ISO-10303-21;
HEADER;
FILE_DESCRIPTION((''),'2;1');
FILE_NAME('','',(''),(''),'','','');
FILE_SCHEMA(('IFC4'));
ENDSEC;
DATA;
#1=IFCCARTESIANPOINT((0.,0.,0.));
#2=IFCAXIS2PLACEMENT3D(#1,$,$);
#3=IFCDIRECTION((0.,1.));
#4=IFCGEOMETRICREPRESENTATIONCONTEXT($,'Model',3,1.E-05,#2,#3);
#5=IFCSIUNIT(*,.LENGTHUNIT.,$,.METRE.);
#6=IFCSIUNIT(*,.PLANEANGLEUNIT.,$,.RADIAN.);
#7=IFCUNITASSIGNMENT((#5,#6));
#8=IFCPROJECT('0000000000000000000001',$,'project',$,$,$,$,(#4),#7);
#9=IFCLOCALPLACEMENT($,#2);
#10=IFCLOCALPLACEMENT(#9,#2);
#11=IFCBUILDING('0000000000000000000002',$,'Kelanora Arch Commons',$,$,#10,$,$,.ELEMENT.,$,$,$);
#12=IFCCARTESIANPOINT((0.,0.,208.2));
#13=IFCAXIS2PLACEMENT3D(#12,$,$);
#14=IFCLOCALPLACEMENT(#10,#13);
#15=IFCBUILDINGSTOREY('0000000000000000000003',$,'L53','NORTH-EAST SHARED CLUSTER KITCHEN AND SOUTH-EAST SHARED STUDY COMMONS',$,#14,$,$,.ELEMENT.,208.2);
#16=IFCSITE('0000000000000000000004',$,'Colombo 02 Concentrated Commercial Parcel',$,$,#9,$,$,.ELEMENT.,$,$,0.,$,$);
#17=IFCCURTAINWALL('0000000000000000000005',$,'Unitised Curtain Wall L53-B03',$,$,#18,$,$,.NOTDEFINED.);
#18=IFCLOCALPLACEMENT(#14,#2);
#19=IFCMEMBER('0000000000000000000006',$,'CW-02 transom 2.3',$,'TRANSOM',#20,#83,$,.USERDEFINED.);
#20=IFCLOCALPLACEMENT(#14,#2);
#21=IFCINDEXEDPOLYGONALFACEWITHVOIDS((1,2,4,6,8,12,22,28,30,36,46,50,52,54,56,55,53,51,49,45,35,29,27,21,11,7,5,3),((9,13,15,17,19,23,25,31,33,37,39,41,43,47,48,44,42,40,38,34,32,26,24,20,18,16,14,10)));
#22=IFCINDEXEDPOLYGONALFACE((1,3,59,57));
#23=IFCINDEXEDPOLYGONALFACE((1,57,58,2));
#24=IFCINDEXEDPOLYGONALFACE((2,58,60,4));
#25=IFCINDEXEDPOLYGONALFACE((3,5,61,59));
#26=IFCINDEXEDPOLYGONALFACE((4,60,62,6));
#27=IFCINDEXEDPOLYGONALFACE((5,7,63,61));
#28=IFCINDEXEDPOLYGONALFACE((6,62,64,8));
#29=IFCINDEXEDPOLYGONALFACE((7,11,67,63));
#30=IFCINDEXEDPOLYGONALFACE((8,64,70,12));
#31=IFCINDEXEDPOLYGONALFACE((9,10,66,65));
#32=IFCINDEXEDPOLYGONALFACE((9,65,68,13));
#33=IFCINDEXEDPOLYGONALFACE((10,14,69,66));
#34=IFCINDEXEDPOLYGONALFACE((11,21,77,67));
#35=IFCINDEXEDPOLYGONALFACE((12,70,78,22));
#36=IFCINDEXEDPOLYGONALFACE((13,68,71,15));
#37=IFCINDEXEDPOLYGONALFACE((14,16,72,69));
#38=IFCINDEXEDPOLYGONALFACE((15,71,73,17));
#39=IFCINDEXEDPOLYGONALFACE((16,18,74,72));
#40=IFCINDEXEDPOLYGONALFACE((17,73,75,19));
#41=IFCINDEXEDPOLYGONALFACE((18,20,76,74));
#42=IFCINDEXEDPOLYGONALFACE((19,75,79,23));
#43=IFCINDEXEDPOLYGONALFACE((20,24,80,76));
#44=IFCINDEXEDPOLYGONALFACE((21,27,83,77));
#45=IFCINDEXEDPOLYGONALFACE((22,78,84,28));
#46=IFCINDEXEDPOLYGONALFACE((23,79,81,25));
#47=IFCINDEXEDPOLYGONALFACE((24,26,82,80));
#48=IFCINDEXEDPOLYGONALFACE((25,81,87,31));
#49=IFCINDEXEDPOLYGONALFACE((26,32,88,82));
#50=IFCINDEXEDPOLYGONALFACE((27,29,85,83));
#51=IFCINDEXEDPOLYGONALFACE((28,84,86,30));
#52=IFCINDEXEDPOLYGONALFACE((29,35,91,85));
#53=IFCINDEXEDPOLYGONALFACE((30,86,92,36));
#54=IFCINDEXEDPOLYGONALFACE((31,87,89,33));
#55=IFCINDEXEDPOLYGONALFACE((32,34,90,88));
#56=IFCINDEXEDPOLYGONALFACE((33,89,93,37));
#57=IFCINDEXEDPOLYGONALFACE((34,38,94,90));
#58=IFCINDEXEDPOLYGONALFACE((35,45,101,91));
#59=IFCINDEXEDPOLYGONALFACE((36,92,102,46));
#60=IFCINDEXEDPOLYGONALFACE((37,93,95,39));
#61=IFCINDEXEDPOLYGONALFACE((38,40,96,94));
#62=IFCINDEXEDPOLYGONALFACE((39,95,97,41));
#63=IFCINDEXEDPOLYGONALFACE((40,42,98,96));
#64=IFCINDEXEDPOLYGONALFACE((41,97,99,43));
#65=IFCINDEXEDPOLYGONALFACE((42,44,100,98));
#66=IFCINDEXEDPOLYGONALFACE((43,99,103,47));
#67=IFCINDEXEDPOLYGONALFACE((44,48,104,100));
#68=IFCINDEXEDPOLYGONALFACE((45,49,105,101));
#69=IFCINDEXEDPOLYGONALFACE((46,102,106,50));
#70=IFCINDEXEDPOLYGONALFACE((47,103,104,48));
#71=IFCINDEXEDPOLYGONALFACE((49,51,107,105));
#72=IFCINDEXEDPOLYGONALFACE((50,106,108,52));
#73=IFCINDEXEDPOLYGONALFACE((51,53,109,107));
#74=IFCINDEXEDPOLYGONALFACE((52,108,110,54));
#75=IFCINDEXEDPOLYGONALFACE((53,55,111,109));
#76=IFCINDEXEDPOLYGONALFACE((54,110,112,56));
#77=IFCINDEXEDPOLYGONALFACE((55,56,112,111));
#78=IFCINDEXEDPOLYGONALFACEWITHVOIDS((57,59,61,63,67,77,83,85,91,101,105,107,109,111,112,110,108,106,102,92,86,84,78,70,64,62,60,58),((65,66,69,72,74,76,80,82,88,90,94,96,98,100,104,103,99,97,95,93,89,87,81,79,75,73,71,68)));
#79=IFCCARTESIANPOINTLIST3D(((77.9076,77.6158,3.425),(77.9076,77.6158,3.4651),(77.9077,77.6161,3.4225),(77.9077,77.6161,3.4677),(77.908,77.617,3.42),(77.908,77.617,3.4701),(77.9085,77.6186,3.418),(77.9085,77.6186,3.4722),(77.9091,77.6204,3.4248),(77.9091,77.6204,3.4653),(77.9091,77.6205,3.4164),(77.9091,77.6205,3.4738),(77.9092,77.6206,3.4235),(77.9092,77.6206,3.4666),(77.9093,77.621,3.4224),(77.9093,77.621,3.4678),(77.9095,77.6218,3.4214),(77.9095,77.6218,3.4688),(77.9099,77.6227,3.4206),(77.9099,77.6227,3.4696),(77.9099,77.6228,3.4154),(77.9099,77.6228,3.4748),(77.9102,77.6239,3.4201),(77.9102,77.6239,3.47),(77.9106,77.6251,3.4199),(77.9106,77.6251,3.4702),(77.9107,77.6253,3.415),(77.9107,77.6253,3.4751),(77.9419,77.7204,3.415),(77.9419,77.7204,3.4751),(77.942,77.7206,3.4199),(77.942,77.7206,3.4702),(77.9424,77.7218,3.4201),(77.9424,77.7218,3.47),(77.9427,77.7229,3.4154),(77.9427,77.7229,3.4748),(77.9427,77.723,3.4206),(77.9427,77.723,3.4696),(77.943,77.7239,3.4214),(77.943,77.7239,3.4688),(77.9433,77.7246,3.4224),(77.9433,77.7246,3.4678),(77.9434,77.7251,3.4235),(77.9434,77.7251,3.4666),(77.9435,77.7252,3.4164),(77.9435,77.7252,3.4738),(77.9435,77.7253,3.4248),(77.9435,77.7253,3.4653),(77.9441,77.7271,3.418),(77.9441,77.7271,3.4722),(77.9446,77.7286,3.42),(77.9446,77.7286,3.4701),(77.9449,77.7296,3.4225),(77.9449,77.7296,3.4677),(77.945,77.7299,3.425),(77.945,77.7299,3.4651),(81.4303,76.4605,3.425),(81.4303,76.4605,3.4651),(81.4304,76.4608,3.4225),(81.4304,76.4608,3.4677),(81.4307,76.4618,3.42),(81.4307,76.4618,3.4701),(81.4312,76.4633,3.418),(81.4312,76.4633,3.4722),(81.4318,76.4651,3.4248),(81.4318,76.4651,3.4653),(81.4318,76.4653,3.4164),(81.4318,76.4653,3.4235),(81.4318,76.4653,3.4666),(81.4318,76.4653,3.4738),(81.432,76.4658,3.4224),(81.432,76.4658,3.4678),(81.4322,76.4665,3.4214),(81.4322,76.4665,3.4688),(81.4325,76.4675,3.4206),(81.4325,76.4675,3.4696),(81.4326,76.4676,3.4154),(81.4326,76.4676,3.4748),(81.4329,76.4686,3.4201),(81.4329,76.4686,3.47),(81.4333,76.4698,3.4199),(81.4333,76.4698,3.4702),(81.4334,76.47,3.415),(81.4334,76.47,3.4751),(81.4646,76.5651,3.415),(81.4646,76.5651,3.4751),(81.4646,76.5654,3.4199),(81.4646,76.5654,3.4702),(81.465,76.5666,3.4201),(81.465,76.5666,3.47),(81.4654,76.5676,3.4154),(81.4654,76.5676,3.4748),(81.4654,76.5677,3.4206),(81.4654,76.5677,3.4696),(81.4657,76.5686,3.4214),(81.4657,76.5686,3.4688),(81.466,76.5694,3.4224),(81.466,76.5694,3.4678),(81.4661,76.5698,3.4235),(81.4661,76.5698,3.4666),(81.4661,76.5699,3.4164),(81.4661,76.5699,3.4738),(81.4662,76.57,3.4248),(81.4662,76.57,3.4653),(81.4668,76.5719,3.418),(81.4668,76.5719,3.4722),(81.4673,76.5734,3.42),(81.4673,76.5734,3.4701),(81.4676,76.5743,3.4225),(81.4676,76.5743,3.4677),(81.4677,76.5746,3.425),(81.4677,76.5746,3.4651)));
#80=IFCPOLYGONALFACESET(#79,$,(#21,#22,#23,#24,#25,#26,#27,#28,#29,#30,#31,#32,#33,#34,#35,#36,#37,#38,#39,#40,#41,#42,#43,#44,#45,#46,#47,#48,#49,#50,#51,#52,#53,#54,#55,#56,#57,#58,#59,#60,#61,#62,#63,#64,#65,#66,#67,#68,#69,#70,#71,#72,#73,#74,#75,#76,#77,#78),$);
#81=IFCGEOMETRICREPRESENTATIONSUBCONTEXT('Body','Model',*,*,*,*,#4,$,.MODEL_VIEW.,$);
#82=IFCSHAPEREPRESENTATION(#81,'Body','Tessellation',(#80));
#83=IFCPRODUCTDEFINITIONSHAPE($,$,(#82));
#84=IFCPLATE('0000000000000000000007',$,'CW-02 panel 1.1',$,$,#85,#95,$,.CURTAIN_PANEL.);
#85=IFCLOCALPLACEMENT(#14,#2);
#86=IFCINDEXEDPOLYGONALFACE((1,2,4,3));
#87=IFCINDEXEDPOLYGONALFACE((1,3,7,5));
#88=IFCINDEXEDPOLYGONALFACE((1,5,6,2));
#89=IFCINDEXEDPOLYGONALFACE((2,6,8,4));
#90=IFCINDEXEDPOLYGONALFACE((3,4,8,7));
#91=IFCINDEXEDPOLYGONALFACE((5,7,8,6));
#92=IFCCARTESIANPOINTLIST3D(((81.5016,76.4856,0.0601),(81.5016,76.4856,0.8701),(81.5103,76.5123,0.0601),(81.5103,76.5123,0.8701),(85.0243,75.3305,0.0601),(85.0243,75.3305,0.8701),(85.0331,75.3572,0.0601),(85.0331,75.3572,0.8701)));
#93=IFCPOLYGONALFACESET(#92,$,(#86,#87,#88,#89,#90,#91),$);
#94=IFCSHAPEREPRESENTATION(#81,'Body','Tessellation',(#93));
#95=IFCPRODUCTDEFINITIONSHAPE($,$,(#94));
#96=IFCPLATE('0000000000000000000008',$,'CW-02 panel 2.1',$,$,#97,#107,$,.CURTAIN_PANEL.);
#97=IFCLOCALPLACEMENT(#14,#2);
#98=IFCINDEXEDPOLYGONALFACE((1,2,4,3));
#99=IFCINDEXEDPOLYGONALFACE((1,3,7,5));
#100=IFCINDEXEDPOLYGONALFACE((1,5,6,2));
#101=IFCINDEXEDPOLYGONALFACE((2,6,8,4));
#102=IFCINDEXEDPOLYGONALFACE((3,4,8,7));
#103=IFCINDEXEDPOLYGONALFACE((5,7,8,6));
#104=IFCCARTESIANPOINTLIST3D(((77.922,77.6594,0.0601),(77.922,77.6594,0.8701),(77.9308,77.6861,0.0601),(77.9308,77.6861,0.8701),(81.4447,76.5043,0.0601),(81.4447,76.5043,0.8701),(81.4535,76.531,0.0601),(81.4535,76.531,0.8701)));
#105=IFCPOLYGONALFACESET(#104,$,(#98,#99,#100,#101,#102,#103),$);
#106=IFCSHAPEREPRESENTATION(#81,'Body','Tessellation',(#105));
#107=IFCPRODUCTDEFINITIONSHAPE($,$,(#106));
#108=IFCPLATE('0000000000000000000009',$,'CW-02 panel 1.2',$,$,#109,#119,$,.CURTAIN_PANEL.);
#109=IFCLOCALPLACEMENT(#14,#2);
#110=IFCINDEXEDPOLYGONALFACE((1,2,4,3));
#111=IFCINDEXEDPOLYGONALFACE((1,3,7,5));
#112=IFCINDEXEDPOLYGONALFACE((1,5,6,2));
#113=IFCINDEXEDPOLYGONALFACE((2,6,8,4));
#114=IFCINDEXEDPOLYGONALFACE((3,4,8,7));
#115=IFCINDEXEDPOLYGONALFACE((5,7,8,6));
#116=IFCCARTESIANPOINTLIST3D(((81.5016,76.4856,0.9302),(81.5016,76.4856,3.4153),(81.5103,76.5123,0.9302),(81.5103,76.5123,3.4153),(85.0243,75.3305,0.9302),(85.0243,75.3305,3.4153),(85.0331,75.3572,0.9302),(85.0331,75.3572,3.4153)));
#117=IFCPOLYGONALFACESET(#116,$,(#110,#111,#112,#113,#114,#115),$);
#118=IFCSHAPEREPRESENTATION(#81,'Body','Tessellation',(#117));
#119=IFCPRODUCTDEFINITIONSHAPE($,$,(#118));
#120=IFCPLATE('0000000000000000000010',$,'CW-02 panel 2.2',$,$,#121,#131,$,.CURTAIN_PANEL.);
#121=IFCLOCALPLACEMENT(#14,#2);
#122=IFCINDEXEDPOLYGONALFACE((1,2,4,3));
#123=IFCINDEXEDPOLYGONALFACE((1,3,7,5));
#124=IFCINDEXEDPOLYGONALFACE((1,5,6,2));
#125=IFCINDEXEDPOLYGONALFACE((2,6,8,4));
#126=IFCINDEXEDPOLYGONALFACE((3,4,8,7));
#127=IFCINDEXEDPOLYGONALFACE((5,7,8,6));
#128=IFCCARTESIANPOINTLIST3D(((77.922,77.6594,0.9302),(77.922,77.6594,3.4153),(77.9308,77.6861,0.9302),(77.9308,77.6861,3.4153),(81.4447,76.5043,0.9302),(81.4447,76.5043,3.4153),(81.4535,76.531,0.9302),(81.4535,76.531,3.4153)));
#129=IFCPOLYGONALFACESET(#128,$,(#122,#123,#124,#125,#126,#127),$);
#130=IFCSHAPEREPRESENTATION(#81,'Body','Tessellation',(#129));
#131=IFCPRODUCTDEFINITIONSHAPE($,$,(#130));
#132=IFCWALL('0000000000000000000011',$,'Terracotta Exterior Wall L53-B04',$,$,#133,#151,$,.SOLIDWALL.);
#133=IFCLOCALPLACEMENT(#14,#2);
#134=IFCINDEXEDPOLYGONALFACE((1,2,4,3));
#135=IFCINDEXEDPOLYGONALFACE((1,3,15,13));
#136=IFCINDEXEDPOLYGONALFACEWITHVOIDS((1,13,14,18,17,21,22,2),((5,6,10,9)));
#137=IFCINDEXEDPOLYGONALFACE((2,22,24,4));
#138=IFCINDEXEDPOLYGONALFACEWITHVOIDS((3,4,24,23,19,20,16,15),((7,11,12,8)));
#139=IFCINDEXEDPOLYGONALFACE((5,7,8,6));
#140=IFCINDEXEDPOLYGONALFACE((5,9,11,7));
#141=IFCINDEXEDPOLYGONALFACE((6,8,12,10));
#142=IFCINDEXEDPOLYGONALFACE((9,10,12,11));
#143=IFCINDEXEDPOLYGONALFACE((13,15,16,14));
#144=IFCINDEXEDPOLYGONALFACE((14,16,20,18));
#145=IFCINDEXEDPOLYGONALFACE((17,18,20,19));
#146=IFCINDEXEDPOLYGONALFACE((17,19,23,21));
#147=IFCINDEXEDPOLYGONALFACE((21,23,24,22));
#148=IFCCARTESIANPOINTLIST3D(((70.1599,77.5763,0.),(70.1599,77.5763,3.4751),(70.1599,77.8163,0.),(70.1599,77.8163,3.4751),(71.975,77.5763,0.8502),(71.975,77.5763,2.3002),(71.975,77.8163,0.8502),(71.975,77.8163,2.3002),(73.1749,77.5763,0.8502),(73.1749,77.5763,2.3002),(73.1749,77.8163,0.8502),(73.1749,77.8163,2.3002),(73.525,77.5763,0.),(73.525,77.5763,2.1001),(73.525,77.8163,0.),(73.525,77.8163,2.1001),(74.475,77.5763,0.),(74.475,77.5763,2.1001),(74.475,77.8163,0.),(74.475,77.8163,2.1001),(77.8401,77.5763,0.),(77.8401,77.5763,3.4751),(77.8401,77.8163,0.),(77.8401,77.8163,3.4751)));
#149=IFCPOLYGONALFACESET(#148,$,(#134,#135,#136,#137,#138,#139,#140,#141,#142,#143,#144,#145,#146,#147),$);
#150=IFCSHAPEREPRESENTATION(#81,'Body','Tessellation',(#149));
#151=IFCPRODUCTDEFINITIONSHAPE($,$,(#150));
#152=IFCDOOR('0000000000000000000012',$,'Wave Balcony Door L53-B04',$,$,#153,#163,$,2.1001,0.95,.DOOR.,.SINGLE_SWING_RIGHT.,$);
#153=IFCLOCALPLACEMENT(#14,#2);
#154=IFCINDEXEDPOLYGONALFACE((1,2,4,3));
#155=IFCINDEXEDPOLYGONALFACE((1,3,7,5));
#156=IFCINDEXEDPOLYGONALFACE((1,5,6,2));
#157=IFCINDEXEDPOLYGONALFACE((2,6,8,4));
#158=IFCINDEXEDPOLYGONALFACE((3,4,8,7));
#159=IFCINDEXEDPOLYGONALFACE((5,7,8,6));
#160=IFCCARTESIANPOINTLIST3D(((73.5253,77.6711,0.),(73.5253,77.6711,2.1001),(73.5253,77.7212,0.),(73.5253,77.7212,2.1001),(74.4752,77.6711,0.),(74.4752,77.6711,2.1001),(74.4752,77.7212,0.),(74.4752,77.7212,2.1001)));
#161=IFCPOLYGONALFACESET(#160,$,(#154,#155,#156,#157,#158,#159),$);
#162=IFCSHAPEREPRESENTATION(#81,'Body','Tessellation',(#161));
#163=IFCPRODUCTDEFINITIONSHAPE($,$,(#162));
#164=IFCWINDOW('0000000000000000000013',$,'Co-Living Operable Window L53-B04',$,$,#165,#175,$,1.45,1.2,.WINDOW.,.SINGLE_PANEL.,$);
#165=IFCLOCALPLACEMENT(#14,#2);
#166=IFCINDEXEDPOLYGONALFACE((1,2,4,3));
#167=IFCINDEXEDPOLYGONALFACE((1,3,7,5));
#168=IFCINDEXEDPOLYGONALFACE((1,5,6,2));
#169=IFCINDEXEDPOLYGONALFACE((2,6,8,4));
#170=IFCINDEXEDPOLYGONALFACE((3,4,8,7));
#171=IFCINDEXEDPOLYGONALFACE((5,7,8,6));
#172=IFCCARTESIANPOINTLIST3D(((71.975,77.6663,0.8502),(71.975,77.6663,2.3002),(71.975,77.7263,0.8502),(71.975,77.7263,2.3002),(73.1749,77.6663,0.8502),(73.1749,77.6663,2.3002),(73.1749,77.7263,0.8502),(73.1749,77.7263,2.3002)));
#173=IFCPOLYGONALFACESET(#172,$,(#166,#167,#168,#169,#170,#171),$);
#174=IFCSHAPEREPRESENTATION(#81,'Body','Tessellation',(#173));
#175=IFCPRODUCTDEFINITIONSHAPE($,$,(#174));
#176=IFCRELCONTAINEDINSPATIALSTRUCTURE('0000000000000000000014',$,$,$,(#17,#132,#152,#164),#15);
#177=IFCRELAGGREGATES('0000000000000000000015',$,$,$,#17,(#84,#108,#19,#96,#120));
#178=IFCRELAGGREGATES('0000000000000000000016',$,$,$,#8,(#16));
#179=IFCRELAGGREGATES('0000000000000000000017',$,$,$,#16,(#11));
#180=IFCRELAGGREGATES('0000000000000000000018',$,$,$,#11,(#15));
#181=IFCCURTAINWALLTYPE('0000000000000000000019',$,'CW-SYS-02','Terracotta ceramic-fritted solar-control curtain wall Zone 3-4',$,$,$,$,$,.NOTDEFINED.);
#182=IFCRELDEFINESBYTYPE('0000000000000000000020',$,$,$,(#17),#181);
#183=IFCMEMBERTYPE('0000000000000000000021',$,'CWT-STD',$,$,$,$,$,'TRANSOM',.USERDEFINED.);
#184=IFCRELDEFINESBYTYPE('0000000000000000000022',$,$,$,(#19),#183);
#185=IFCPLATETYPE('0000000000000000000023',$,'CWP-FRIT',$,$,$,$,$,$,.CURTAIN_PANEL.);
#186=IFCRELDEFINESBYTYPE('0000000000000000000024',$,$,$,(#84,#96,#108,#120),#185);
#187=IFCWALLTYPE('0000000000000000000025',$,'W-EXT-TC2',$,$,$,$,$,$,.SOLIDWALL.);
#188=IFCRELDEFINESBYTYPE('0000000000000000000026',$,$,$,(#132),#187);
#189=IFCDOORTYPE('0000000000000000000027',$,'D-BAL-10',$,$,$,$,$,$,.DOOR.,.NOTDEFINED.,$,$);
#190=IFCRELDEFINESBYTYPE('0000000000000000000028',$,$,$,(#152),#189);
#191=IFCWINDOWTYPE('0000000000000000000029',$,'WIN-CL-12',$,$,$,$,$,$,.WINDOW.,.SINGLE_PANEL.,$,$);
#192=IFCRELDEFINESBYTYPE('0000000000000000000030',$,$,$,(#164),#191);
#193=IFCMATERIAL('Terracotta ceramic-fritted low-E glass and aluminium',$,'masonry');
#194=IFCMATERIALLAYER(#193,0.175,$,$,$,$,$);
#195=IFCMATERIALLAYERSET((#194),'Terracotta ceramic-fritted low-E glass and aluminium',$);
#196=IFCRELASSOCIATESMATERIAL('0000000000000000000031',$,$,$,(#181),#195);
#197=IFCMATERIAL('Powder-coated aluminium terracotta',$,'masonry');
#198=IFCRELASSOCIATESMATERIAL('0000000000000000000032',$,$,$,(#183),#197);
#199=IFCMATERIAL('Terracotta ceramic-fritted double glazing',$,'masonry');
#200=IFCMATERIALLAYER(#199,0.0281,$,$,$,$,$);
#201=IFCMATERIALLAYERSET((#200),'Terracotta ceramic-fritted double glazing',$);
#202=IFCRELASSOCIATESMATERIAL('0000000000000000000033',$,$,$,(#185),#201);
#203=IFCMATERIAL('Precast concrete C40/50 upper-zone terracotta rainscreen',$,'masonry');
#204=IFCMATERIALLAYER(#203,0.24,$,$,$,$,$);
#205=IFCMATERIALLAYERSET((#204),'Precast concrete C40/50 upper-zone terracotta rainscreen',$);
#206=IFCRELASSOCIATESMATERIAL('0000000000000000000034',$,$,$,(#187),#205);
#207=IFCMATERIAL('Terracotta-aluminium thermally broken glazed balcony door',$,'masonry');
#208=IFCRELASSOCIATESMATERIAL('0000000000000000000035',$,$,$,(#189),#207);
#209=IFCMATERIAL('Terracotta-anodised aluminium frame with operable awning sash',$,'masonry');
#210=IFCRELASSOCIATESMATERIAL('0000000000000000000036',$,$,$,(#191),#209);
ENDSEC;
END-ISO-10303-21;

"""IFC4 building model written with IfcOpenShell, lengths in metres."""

from ifc_helpers import new_model, si_unit, direction, frame, frame_2d, origin, origin_2d, place, context, subcontext, project, spatial, rectangle, hollow_rectangle, extrude, source, transform, mapped, material, layer, layer_set, material_profile, profile_set, type_object, element, fill, aggregate, save


model = new_model("IFC4")

# Units and contexts
model_context = context("Model", 3, precision=1e-05, world=origin(), true_north=direction((0.0, 1.0)))
body_context = subcontext(model_context, "Body", "Model", "MODEL_VIEW")
ifc_project = project(units=[si_unit("LENGTHUNIT", "METRE"), si_unit("PLANEANGLEUNIT", "RADIAN")], contexts=[model_context])

# Site, building, storey
site_placement = place(None, origin())
site = spatial("IfcSite", under=ifc_project, at=site_placement, Name="Colombo 02 Concentrated Commercial Parcel", CompositionType="ELEMENT", RefElevation=0.0)
building_placement = place(site_placement, origin())
building = spatial("IfcBuilding", under=site, at=building_placement, Name="Kelanora Arch Commons", CompositionType="ELEMENT")
storey_placement = place(building_placement, frame((0.0, 0.0, 208.2)))
storey = spatial("IfcBuildingStorey", under=building, at=storey_placement, Name="L53", Description="NORTH-EAST SHARED CLUSTER KITCHEN AND SOUTH-EAST SHARED STUDY COMMONS", CompositionType="ELEMENT", Elevation=208.2)

# Curtain wall, member, plates
ifc_material_1 = material(Name="Terracotta ceramic-fritted low-E glass and aluminium", Category="masonry")
ifc_layer_1 = layer(ifc_material_1, 0.175)
ifc_layer_set_1 = layer_set([ifc_layer_1], Name="Terracotta ceramic-fritted low-E glass and aluminium")
curtain_wall_type = type_object("IfcCurtainWallType", Name="CW-SYS-02", Description="Terracotta ceramic-fritted solar-control curtain wall Zone 3-4", PredefinedType="NOTDEFINED", material=ifc_layer_set_1)
curtain_wall_placement = place(storey_placement, origin())
curtain_wall = element("IfcCurtainWall", 1, at=curtain_wall_placement, inside=storey, type_object=curtain_wall_type, Name="Unitised Curtain Wall L53-B03", PredefinedType="NOTDEFINED")
ifc_material_2 = material(Name="Powder-coated aluminium terracotta", Category="masonry")
ifc_material_profile_1 = material_profile(ifc_material_2, hollow_rectangle(XDim=0.1201, YDim=0.0601, WallThickness=0.0049, InnerFilletRadius=0.0049, OuterFilletRadius=0.01, at=origin_2d()), Name="CWT120x60")
ifc_profile_set_1 = profile_set([ifc_material_profile_1], Name="Powder-coated aluminium terracotta")
member_type_1 = type_object("IfcMemberType", Name="CWT-STD", ElementType="TRANSOM", PredefinedType="USERDEFINED", material=ifc_profile_set_1)
member_1_placement = place(storey_placement, frame((81.449, 76.5176, 3.4451), z_axis=(-0.950207, 0.311621, 0.0), x_axis=(-0.311621, -0.950207, 0.0)))
member_1 = element("IfcMember", 2, at=member_1_placement, type_object=member_type_1, Name="CW-02 transom 2.3", ObjectType="TRANSOM", PredefinedType="USERDEFINED", context=body_context, shape_type="SweptSolid", body=[
    extrude(hollow_rectangle(XDim=0.1201, YDim=0.0601, WallThickness=0.0049, InnerFilletRadius=0.0049, OuterFilletRadius=0.01, at=origin_2d()), origin(), (0.0, 0.0, 1.0), 3.7073),
])
ifc_material_3 = material(Name="Terracotta ceramic-fritted double glazing", Category="masonry")
ifc_layer_2 = layer(ifc_material_3, 0.0281)
ifc_layer_set_2 = layer_set([ifc_layer_2], Name="Terracotta ceramic-fritted double glazing")
plate_type = type_object("IfcPlateType", Name="CWP-FRIT", PredefinedType="CURTAIN_PANEL", material=ifc_layer_set_2)
shared_shape_1 = source(origin(), body_context, "Body", "SweptSolid", [
    extrude(rectangle(XDim=3.7073, YDim=0.0281, at=origin_2d()), origin(), (0.0, 0.0, 1.0), 0.8101),
])
plate_1_placement = place(storey_placement, frame((83.2673, 75.9214, 0.0601), z_axis=(0.0, 0.0, 1.0), x_axis=(-0.950219, 0.311582, 0.0)))
plate_1 = element("IfcPlate", 3, at=plate_1_placement, type_object=plate_type, Name="CW-02 panel 1.1", PredefinedType="CURTAIN_PANEL", context=body_context, shape_type="MappedRepresentation", body=[
    mapped(shared_shape_1, transform((0.0, 0.0, 0.0), scale=1.0)),
])
plate_2_placement = place(storey_placement, frame((79.6877, 77.0952, 0.0601), z_axis=(0.0, 0.0, 1.0), x_axis=(-0.950219, 0.311582, 0.0)))
plate_2 = element("IfcPlate", 4, at=plate_2_placement, type_object=plate_type, Name="CW-02 panel 2.1", PredefinedType="CURTAIN_PANEL", context=body_context, shape_type="MappedRepresentation", body=[
    mapped(shared_shape_1, transform((0.0, 0.0, 0.0), scale=1.0)),
])
shared_shape_2 = source(origin(), body_context, "Body", "SweptSolid", [
    extrude(rectangle(XDim=3.7073, YDim=0.0281, at=origin_2d()), origin(), (0.0, 0.0, 1.0), 2.4851),
])
plate_3_placement = place(storey_placement, frame((83.2673, 75.9214, 0.9302), z_axis=(0.0, 0.0, 1.0), x_axis=(-0.950219, 0.311582, 0.0)))
plate_3 = element("IfcPlate", 5, at=plate_3_placement, type_object=plate_type, Name="CW-02 panel 1.2", PredefinedType="CURTAIN_PANEL", context=body_context, shape_type="MappedRepresentation", body=[
    mapped(shared_shape_2, transform((0.0, 0.0, 0.0), scale=1.0)),
])
plate_4_placement = place(storey_placement, frame((79.6877, 77.0952, 0.9302), z_axis=(0.0, 0.0, 1.0), x_axis=(-0.950219, 0.311582, 0.0)))
plate_4 = element("IfcPlate", 6, at=plate_4_placement, type_object=plate_type, Name="CW-02 panel 2.2", PredefinedType="CURTAIN_PANEL", context=body_context, shape_type="MappedRepresentation", body=[
    mapped(shared_shape_2, transform((0.0, 0.0, 0.0), scale=1.0)),
])
aggregate(curtain_wall, [plate_1, plate_3, member_1, plate_2, plate_4])

# Wall, openings, door, window
ifc_material_4 = material(Name="Precast concrete C40/50 upper-zone terracotta rainscreen", Category="masonry")
ifc_layer_3 = layer(ifc_material_4, 0.24)
ifc_layer_set_3 = layer_set([ifc_layer_3], Name="Precast concrete C40/50 upper-zone terracotta rainscreen")
wall_type_1 = type_object("IfcWallType", Name="W-EXT-TC2", PredefinedType="SOLIDWALL", material=ifc_layer_set_3)
wall_1_placement = place(storey_placement, frame((77.8401, 77.6963, 0.0), z_axis=(0.0, 0.0, 1.0), x_axis=(-1.0, 0.0, 0.0)))
wall_1 = element("IfcWall", 7, at=wall_1_placement, inside=storey, type_object=wall_type_1, Name="Terracotta Exterior Wall L53-B04", PredefinedType="SOLIDWALL", context=body_context, shape_type="SweptSolid", body=[
    extrude(rectangle(XDim=7.6802, YDim=0.24, at=frame_2d((3.8401, 0.0))), origin(), (0.0, 0.0, 1.0), 3.4751),
])
opening_1_placement = place(wall_1_placement, frame((3.365, 0.0, 0.0)))
opening_1 = element("IfcOpeningElement", 8, at=opening_1_placement, cuts=wall_1, PredefinedType="OPENING", context=body_context, shape_type="SweptSolid", body=[
    extrude(rectangle(XDim=0.95, YDim=2.1001, at=frame_2d((0.4751, 1.05))), frame((0.0, 0.1299, 0.0), z_axis=(0.0, -1.0, 0.0), x_axis=(1.0, 0.0, 0.0)), (0.0, 0.0, 1.0), 0.26),
])
opening_2_placement = place(wall_1_placement, frame((4.665, 0.0, 0.8501)))
opening_2 = element("IfcOpeningElement", 9, at=opening_2_placement, cuts=wall_1, PredefinedType="OPENING", context=body_context, shape_type="SweptSolid", body=[
    extrude(rectangle(XDim=1.2, YDim=1.45, at=frame_2d((0.6001, 0.7251))), frame((0.0, 0.1299, 0.0), z_axis=(0.0, -1.0, 0.0), x_axis=(1.0, 0.0, 0.0)), (0.0, 0.0, 1.0), 0.26),
])
ifc_material_5 = material(Name="Terracotta-aluminium thermally broken glazed balcony door", Category="masonry")
door_type_1 = type_object("IfcDoorType", Name="D-BAL-10", OperationType="NOTDEFINED", PredefinedType="DOOR", material=ifc_material_5)
door_1_placement = place(opening_1_placement, frame((0.95, 0.0, 0.0), z_axis=(0.0, 0.0, 1.0), x_axis=(-1.0, 0.0, 0.0)))
door_1 = element("IfcDoor", 10, at=door_1_placement, inside=storey, type_object=door_type_1, Name="Wave Balcony Door L53-B04", OperationType="SINGLE_SWING_RIGHT", OverallHeight=2.1001, OverallWidth=0.95, PredefinedType="DOOR", context=body_context, shape_type="SweptSolid", body=[
    extrude(rectangle(XDim=0.95, YDim=2.1001, at=frame_2d((0.4751, 1.05))), frame((0.0, 0.0249, 0.0), z_axis=(0.0, -1.0, 0.0), x_axis=(1.0, 0.0, 0.0)), (0.0, 0.0, 1.0), 0.05),
])
fill(opening_1, door_1)
ifc_material_6 = material(Name="Terracotta-anodised aluminium frame with operable awning sash", Category="masonry")
window_type = type_object("IfcWindowType", Name="WIN-CL-12", PartitioningType="SINGLE_PANEL", PredefinedType="WINDOW", material=ifc_material_6)
window_placement = place(opening_2_placement, origin())
window = element("IfcWindow", 11, at=window_placement, inside=storey, type_object=window_type, Name="Co-Living Operable Window L53-B04", OverallHeight=1.45, OverallWidth=1.2, PartitioningType="SINGLE_PANEL", PredefinedType="WINDOW", context=body_context, shape_type="SweptSolid", body=[
    extrude(rectangle(XDim=1.2, YDim=1.45, at=frame_2d((0.6001, 0.7251))), frame((0.0, 0.03, 0.0), z_axis=(0.0, -1.0, 0.0), x_axis=(1.0, 0.0, 0.0)), (0.0, 0.0, 1.0), 0.0601),
])
fill(opening_2, window)

save(model, "model.ifc")
